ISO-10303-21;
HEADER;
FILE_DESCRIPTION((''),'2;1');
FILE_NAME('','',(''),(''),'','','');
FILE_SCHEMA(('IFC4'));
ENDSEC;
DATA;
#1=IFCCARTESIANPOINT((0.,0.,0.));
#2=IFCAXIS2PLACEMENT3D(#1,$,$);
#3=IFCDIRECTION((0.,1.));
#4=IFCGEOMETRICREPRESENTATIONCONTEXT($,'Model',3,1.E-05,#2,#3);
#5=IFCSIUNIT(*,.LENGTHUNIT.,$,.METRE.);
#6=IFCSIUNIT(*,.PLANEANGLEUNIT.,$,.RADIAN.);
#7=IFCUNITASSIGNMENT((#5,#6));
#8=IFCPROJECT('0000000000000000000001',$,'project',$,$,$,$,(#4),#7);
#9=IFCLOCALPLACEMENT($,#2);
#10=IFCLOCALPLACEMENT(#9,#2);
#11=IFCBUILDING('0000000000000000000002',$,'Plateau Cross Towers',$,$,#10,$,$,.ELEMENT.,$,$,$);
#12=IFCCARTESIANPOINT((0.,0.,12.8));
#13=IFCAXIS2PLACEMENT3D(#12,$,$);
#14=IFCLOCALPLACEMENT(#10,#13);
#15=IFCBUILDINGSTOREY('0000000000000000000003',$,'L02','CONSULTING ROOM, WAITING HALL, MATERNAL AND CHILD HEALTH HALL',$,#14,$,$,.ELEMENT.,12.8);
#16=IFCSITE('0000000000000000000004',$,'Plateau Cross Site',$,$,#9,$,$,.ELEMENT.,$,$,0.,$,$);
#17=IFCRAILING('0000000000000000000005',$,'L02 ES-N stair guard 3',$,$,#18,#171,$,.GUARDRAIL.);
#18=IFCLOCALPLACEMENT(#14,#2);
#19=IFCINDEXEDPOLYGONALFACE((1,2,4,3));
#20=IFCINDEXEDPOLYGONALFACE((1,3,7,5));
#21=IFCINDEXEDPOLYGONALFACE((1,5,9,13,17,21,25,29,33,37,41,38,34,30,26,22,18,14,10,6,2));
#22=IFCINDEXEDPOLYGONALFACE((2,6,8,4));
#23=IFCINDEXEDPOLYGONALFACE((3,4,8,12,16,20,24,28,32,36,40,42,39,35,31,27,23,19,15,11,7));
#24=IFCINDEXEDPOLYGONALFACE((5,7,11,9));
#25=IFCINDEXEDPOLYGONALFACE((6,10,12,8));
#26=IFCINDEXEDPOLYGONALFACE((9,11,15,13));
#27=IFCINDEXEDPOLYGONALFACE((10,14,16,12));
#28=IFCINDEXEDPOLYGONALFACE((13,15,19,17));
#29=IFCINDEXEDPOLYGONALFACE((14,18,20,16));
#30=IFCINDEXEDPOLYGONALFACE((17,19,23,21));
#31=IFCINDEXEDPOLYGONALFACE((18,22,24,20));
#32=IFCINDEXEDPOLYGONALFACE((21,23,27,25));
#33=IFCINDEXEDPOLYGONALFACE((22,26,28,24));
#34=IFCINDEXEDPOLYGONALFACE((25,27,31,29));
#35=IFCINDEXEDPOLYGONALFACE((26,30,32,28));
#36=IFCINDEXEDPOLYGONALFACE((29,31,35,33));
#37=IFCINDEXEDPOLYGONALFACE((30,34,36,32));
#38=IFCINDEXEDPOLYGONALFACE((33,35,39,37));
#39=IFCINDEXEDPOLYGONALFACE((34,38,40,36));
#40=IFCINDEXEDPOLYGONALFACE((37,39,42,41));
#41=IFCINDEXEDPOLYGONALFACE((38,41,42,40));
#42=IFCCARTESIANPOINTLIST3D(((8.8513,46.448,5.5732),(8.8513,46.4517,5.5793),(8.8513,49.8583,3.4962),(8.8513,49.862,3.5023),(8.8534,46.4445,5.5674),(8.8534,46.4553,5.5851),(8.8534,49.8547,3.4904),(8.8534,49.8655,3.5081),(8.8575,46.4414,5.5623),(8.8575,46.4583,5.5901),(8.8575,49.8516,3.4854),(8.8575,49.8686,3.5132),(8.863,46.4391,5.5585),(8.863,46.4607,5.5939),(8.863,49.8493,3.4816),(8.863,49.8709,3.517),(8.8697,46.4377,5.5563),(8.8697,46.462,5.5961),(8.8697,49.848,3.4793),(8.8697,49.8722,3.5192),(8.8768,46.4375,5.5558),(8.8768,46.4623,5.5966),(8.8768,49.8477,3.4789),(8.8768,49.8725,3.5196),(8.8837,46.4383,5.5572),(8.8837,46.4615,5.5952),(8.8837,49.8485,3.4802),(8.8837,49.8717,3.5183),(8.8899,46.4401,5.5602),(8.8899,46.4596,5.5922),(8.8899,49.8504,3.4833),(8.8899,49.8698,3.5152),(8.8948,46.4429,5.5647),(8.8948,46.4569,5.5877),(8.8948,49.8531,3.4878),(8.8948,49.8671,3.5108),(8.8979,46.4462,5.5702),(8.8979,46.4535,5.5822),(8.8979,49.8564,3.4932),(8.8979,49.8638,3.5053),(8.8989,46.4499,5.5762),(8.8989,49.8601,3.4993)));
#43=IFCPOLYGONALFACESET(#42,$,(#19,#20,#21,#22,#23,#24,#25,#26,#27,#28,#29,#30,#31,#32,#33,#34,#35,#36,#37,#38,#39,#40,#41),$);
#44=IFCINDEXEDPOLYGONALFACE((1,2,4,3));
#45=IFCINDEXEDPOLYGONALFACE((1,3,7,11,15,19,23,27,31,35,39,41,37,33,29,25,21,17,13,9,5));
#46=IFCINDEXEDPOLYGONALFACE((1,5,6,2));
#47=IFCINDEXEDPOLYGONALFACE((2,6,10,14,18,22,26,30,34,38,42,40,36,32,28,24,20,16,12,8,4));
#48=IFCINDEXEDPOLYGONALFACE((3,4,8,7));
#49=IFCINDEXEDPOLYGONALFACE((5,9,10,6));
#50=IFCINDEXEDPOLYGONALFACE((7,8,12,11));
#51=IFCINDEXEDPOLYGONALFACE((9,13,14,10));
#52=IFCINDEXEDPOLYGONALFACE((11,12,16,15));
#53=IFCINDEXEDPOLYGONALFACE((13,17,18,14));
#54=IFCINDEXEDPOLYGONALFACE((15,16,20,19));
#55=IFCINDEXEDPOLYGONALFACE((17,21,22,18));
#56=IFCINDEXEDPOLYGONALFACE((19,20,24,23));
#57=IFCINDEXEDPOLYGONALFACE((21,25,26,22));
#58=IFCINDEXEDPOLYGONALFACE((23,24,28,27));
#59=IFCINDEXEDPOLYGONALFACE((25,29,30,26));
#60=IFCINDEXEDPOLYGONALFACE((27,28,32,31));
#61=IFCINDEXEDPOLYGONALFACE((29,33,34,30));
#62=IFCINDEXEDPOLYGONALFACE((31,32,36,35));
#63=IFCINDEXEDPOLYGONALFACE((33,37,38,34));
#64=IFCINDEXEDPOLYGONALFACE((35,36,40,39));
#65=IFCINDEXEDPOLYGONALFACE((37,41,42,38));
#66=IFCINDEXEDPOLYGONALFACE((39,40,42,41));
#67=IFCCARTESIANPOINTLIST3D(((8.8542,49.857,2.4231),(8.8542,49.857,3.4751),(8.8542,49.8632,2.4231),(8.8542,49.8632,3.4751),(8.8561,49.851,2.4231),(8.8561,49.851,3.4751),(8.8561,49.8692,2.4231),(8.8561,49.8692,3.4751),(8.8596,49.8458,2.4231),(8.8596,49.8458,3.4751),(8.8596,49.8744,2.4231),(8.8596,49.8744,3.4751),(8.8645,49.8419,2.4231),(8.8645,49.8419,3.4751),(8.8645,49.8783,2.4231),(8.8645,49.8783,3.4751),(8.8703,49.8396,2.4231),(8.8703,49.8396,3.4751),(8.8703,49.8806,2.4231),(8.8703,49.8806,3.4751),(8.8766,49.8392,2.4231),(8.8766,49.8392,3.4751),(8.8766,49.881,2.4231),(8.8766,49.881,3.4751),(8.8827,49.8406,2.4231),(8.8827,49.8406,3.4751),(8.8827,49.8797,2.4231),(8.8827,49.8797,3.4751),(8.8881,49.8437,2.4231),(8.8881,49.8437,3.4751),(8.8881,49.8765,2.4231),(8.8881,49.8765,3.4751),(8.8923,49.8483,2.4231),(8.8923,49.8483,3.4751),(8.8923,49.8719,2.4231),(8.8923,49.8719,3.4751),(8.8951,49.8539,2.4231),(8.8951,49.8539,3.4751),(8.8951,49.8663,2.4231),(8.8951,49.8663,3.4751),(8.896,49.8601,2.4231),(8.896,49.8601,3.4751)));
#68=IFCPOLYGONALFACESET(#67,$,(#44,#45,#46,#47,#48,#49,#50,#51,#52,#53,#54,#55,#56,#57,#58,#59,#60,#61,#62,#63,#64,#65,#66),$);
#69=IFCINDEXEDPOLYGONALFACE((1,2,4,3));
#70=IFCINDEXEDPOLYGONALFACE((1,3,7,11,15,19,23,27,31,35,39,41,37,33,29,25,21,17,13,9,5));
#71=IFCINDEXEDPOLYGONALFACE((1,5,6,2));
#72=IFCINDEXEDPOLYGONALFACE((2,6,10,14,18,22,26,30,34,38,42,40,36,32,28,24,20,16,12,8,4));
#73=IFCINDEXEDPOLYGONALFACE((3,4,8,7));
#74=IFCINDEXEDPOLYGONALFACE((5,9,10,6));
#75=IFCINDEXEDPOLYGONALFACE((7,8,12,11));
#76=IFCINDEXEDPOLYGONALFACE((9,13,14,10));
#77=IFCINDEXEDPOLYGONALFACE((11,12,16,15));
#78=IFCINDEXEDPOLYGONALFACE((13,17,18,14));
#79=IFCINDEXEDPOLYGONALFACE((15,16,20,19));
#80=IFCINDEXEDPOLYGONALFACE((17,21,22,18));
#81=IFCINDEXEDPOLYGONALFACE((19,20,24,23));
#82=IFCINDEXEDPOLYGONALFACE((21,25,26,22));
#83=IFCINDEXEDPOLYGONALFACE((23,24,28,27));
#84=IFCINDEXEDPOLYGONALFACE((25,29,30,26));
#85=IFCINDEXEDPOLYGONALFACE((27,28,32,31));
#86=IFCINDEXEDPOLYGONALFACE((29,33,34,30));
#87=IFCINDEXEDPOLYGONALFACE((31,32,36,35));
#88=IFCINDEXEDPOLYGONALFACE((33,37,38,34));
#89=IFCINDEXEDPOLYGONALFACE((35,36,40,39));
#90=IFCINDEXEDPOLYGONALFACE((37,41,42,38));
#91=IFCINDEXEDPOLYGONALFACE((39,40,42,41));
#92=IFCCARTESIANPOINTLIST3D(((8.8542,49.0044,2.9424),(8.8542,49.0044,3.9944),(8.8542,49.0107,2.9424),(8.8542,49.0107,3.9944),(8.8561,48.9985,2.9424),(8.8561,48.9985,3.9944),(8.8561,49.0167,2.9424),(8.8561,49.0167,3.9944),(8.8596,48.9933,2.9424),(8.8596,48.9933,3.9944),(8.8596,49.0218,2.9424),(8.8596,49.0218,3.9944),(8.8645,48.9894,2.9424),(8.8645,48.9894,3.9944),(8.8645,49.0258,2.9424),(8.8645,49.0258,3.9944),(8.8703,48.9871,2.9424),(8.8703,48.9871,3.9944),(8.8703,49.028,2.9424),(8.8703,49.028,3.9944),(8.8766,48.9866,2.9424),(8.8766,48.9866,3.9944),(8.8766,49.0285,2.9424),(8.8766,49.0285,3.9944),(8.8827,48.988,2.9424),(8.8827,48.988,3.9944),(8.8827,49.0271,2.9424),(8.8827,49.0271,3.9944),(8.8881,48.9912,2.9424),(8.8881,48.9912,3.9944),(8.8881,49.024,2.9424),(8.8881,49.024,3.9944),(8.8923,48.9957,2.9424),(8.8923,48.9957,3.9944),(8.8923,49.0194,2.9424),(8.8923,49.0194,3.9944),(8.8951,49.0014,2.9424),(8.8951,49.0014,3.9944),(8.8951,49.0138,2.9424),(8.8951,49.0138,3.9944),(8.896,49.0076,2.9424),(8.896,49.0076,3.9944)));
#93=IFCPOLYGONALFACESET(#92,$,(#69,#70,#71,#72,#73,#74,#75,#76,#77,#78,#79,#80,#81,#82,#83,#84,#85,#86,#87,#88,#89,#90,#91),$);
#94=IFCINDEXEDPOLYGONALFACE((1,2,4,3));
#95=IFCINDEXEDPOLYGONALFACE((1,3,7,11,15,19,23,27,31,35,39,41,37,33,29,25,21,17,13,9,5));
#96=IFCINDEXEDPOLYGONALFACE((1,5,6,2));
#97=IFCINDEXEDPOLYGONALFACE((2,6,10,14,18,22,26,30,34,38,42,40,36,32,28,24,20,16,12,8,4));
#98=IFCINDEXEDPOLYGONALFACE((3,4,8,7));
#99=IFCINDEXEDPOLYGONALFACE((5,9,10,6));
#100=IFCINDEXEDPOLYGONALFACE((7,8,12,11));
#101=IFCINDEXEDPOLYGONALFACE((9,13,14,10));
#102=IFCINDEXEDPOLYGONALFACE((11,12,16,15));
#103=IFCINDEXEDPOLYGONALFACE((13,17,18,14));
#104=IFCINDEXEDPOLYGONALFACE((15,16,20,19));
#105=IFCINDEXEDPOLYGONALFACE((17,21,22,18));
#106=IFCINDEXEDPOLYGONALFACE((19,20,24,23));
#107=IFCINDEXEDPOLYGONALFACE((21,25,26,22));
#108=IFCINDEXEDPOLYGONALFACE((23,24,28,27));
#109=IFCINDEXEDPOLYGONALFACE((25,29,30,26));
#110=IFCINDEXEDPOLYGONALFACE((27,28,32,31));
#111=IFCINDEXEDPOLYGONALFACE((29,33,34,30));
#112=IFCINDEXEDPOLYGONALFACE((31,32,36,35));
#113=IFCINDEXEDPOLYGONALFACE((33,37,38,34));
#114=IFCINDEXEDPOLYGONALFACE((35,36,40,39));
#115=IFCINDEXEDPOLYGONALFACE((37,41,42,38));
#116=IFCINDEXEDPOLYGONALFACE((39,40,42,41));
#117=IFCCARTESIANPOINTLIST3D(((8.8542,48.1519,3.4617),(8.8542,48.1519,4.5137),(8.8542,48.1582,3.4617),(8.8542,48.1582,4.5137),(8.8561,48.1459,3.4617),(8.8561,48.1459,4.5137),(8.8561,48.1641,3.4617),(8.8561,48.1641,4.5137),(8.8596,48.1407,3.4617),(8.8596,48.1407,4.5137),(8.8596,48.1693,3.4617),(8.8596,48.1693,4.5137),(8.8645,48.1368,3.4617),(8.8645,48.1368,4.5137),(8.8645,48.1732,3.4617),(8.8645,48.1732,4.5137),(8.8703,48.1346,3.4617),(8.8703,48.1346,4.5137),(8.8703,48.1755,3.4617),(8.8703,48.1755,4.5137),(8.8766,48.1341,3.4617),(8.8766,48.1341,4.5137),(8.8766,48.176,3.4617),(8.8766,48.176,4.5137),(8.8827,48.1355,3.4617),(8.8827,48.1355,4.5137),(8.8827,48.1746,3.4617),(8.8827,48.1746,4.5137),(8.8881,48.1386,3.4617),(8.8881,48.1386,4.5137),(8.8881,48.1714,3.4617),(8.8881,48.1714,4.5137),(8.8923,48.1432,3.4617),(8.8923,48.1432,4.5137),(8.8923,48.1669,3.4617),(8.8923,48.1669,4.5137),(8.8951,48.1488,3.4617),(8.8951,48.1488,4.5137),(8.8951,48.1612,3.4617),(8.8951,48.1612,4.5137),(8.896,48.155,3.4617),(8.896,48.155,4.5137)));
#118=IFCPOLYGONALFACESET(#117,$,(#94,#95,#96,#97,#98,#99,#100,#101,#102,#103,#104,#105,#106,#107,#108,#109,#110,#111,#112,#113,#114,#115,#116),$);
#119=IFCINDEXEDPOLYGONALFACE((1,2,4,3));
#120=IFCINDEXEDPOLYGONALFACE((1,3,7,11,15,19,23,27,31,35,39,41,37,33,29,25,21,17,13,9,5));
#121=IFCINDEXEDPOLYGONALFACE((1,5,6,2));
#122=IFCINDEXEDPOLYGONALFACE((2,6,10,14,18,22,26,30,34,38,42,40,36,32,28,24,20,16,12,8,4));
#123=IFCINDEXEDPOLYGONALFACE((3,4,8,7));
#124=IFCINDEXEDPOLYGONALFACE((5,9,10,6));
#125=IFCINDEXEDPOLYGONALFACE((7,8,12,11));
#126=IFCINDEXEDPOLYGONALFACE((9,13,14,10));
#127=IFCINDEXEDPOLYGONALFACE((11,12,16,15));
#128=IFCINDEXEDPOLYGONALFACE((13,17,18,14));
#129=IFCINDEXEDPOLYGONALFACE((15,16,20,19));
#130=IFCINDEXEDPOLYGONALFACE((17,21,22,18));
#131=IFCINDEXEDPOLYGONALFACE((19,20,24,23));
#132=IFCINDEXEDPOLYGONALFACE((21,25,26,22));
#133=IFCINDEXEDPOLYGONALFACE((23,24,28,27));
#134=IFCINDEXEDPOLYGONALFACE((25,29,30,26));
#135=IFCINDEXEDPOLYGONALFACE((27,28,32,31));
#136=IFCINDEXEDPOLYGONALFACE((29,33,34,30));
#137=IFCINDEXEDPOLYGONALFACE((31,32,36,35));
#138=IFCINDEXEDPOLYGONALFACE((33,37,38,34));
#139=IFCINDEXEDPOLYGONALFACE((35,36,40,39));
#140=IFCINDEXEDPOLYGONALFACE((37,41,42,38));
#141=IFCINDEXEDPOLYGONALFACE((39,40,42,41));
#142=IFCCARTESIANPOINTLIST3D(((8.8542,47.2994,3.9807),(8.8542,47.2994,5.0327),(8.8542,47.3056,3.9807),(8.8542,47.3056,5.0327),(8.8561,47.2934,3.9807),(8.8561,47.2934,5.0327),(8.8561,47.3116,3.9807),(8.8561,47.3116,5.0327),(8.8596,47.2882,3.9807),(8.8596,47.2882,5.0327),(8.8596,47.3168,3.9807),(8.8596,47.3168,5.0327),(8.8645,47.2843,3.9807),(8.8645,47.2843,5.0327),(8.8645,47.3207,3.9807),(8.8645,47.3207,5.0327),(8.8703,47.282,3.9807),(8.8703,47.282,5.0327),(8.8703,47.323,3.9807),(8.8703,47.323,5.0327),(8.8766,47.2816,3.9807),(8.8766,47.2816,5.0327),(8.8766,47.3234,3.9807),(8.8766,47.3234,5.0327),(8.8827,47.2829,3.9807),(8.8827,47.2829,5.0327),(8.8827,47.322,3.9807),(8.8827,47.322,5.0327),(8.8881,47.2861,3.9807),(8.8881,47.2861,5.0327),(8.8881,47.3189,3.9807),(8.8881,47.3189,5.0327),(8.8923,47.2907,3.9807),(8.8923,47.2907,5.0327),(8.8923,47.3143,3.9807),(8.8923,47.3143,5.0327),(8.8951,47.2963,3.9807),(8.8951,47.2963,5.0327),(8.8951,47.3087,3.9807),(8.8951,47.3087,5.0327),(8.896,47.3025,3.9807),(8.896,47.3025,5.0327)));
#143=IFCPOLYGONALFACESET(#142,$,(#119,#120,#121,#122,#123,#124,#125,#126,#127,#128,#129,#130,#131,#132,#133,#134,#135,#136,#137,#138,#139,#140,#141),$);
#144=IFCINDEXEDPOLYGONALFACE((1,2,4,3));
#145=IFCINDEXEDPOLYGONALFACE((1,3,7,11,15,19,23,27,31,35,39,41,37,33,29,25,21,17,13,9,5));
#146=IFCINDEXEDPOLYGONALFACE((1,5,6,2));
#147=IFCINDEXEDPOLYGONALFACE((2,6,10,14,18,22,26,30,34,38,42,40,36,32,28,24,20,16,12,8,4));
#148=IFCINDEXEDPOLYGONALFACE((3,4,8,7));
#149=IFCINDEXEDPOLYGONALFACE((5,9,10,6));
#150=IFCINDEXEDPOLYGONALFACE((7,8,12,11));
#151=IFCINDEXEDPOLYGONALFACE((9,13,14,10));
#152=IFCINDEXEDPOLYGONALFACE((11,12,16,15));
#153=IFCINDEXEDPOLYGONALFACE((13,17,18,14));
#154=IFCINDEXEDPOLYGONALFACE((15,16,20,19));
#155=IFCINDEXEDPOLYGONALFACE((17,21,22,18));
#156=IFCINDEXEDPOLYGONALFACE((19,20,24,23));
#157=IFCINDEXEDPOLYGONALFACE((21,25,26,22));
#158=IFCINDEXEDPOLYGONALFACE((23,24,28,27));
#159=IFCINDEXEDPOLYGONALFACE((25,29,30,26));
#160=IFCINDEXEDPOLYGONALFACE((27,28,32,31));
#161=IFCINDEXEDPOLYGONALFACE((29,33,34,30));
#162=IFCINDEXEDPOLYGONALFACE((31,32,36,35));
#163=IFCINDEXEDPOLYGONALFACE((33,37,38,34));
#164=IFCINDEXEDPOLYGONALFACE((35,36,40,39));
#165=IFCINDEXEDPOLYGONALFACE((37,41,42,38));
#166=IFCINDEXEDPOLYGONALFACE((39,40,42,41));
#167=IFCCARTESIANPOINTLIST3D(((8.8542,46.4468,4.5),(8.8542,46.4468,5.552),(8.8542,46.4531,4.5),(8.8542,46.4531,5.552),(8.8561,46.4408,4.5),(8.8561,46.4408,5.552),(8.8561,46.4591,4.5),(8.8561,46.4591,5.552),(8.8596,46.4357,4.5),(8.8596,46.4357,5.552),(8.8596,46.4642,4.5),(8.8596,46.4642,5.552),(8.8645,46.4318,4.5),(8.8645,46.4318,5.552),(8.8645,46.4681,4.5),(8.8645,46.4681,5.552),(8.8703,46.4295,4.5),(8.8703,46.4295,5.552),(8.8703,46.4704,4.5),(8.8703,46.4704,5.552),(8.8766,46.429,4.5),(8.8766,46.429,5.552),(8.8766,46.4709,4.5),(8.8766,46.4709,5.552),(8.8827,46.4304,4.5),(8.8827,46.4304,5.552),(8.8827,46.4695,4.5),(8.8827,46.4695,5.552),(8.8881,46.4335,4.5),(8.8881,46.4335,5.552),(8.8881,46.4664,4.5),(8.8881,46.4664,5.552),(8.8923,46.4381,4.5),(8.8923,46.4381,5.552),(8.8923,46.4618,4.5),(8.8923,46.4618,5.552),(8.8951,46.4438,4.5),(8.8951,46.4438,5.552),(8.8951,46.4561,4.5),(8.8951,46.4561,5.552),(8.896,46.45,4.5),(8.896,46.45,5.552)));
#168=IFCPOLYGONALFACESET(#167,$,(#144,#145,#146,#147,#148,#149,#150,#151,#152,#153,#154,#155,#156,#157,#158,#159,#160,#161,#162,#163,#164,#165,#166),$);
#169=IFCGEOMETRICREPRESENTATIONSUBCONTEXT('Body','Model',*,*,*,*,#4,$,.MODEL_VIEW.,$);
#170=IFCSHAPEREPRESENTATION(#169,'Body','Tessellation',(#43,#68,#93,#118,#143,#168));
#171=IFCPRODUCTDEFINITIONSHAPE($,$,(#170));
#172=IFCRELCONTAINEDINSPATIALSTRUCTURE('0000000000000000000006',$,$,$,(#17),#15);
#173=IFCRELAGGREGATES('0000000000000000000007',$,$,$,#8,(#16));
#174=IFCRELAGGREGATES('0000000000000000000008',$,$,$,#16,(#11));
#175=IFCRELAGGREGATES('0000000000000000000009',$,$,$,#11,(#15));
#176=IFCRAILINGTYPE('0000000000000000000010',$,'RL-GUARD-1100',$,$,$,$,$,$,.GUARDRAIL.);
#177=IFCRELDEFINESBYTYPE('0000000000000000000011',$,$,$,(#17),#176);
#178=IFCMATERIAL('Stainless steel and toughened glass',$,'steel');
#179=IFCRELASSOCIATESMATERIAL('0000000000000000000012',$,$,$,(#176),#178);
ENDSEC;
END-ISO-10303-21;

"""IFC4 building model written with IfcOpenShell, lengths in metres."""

from ifc_helpers import new_model, si_unit, direction, frame, origin, origin_2d, place, context, subcontext, project, spatial, circle, extrude, material, type_object, element, save


model = new_model("IFC4")

# Units and contexts
model_context = context("Model", 3, precision=1e-05, world=origin(), true_north=direction((0.0, 1.0)))
body_context = subcontext(model_context, "Body", "Model", "MODEL_VIEW")
ifc_project = project(units=[si_unit("LENGTHUNIT", "METRE"), si_unit("PLANEANGLEUNIT", "RADIAN")], contexts=[model_context])

# Site, building, storey
site_placement = place(None, origin())
site = spatial("IfcSite", under=ifc_project, at=site_placement, Name="Plateau Cross Site", CompositionType="ELEMENT", RefElevation=0.0)
building_placement = place(site_placement, origin())
building = spatial("IfcBuilding", under=site, at=building_placement, Name="Plateau Cross Towers", CompositionType="ELEMENT")
storey_placement = place(building_placement, frame((0.0, 0.0, 12.8)))
storey = spatial("IfcBuildingStorey", under=building, at=storey_placement, Name="L02", Description="CONSULTING ROOM, WAITING HALL, MATERNAL AND CHILD HEALTH HALL", CompositionType="ELEMENT", Elevation=12.8)

# Railing
ifc_material_1 = material(Name="Stainless steel and toughened glass", Category="steel")
railing_type_1 = type_object("IfcRailingType", Name="RL-GUARD-1100", PredefinedType="GUARDRAIL", material=ifc_material_1)
railing_1_placement = place(storey_placement, frame((8.875, 49.8601, 2.4231)))
element("IfcRailing", 1, at=railing_1_placement, inside=storey, type_object=railing_type_1, Name="L02 ES-N stair guard 3", PredefinedType="GUARDRAIL", context=body_context, shape_type="SweptSolid", body=[
    extrude(circle(Radius=0.0239, at=origin_2d()), frame((0.0, 0.0, 1.0762), z_axis=(0.0, -0.85407, 0.520158), x_axis=(1.0, 0.0, 0.0)), (0.0, 0.0, 1.0), 3.9929),
    extrude(circle(Radius=0.021, at=origin_2d()), origin(), (0.0, 0.0, 1.0), 1.052),
    extrude(circle(Radius=0.021, at=origin_2d()), frame((0.0, -0.8525, 0.5193)), (0.0, 0.0, 1.0), 1.052),
    extrude(circle(Radius=0.021, at=origin_2d()), frame((0.0, -1.7051, 1.0386)), (0.0, 0.0, 1.0), 1.052),
    extrude(circle(Radius=0.021, at=origin_2d()), frame((0.0, -2.5576, 1.5576)), (0.0, 0.0, 1.0), 1.052),
    extrude(circle(Radius=0.021, at=origin_2d()), frame((0.0, -3.4102, 2.0769)), (0.0, 0.0, 1.0), 1.052),
])

save(model, "model.ifc")
